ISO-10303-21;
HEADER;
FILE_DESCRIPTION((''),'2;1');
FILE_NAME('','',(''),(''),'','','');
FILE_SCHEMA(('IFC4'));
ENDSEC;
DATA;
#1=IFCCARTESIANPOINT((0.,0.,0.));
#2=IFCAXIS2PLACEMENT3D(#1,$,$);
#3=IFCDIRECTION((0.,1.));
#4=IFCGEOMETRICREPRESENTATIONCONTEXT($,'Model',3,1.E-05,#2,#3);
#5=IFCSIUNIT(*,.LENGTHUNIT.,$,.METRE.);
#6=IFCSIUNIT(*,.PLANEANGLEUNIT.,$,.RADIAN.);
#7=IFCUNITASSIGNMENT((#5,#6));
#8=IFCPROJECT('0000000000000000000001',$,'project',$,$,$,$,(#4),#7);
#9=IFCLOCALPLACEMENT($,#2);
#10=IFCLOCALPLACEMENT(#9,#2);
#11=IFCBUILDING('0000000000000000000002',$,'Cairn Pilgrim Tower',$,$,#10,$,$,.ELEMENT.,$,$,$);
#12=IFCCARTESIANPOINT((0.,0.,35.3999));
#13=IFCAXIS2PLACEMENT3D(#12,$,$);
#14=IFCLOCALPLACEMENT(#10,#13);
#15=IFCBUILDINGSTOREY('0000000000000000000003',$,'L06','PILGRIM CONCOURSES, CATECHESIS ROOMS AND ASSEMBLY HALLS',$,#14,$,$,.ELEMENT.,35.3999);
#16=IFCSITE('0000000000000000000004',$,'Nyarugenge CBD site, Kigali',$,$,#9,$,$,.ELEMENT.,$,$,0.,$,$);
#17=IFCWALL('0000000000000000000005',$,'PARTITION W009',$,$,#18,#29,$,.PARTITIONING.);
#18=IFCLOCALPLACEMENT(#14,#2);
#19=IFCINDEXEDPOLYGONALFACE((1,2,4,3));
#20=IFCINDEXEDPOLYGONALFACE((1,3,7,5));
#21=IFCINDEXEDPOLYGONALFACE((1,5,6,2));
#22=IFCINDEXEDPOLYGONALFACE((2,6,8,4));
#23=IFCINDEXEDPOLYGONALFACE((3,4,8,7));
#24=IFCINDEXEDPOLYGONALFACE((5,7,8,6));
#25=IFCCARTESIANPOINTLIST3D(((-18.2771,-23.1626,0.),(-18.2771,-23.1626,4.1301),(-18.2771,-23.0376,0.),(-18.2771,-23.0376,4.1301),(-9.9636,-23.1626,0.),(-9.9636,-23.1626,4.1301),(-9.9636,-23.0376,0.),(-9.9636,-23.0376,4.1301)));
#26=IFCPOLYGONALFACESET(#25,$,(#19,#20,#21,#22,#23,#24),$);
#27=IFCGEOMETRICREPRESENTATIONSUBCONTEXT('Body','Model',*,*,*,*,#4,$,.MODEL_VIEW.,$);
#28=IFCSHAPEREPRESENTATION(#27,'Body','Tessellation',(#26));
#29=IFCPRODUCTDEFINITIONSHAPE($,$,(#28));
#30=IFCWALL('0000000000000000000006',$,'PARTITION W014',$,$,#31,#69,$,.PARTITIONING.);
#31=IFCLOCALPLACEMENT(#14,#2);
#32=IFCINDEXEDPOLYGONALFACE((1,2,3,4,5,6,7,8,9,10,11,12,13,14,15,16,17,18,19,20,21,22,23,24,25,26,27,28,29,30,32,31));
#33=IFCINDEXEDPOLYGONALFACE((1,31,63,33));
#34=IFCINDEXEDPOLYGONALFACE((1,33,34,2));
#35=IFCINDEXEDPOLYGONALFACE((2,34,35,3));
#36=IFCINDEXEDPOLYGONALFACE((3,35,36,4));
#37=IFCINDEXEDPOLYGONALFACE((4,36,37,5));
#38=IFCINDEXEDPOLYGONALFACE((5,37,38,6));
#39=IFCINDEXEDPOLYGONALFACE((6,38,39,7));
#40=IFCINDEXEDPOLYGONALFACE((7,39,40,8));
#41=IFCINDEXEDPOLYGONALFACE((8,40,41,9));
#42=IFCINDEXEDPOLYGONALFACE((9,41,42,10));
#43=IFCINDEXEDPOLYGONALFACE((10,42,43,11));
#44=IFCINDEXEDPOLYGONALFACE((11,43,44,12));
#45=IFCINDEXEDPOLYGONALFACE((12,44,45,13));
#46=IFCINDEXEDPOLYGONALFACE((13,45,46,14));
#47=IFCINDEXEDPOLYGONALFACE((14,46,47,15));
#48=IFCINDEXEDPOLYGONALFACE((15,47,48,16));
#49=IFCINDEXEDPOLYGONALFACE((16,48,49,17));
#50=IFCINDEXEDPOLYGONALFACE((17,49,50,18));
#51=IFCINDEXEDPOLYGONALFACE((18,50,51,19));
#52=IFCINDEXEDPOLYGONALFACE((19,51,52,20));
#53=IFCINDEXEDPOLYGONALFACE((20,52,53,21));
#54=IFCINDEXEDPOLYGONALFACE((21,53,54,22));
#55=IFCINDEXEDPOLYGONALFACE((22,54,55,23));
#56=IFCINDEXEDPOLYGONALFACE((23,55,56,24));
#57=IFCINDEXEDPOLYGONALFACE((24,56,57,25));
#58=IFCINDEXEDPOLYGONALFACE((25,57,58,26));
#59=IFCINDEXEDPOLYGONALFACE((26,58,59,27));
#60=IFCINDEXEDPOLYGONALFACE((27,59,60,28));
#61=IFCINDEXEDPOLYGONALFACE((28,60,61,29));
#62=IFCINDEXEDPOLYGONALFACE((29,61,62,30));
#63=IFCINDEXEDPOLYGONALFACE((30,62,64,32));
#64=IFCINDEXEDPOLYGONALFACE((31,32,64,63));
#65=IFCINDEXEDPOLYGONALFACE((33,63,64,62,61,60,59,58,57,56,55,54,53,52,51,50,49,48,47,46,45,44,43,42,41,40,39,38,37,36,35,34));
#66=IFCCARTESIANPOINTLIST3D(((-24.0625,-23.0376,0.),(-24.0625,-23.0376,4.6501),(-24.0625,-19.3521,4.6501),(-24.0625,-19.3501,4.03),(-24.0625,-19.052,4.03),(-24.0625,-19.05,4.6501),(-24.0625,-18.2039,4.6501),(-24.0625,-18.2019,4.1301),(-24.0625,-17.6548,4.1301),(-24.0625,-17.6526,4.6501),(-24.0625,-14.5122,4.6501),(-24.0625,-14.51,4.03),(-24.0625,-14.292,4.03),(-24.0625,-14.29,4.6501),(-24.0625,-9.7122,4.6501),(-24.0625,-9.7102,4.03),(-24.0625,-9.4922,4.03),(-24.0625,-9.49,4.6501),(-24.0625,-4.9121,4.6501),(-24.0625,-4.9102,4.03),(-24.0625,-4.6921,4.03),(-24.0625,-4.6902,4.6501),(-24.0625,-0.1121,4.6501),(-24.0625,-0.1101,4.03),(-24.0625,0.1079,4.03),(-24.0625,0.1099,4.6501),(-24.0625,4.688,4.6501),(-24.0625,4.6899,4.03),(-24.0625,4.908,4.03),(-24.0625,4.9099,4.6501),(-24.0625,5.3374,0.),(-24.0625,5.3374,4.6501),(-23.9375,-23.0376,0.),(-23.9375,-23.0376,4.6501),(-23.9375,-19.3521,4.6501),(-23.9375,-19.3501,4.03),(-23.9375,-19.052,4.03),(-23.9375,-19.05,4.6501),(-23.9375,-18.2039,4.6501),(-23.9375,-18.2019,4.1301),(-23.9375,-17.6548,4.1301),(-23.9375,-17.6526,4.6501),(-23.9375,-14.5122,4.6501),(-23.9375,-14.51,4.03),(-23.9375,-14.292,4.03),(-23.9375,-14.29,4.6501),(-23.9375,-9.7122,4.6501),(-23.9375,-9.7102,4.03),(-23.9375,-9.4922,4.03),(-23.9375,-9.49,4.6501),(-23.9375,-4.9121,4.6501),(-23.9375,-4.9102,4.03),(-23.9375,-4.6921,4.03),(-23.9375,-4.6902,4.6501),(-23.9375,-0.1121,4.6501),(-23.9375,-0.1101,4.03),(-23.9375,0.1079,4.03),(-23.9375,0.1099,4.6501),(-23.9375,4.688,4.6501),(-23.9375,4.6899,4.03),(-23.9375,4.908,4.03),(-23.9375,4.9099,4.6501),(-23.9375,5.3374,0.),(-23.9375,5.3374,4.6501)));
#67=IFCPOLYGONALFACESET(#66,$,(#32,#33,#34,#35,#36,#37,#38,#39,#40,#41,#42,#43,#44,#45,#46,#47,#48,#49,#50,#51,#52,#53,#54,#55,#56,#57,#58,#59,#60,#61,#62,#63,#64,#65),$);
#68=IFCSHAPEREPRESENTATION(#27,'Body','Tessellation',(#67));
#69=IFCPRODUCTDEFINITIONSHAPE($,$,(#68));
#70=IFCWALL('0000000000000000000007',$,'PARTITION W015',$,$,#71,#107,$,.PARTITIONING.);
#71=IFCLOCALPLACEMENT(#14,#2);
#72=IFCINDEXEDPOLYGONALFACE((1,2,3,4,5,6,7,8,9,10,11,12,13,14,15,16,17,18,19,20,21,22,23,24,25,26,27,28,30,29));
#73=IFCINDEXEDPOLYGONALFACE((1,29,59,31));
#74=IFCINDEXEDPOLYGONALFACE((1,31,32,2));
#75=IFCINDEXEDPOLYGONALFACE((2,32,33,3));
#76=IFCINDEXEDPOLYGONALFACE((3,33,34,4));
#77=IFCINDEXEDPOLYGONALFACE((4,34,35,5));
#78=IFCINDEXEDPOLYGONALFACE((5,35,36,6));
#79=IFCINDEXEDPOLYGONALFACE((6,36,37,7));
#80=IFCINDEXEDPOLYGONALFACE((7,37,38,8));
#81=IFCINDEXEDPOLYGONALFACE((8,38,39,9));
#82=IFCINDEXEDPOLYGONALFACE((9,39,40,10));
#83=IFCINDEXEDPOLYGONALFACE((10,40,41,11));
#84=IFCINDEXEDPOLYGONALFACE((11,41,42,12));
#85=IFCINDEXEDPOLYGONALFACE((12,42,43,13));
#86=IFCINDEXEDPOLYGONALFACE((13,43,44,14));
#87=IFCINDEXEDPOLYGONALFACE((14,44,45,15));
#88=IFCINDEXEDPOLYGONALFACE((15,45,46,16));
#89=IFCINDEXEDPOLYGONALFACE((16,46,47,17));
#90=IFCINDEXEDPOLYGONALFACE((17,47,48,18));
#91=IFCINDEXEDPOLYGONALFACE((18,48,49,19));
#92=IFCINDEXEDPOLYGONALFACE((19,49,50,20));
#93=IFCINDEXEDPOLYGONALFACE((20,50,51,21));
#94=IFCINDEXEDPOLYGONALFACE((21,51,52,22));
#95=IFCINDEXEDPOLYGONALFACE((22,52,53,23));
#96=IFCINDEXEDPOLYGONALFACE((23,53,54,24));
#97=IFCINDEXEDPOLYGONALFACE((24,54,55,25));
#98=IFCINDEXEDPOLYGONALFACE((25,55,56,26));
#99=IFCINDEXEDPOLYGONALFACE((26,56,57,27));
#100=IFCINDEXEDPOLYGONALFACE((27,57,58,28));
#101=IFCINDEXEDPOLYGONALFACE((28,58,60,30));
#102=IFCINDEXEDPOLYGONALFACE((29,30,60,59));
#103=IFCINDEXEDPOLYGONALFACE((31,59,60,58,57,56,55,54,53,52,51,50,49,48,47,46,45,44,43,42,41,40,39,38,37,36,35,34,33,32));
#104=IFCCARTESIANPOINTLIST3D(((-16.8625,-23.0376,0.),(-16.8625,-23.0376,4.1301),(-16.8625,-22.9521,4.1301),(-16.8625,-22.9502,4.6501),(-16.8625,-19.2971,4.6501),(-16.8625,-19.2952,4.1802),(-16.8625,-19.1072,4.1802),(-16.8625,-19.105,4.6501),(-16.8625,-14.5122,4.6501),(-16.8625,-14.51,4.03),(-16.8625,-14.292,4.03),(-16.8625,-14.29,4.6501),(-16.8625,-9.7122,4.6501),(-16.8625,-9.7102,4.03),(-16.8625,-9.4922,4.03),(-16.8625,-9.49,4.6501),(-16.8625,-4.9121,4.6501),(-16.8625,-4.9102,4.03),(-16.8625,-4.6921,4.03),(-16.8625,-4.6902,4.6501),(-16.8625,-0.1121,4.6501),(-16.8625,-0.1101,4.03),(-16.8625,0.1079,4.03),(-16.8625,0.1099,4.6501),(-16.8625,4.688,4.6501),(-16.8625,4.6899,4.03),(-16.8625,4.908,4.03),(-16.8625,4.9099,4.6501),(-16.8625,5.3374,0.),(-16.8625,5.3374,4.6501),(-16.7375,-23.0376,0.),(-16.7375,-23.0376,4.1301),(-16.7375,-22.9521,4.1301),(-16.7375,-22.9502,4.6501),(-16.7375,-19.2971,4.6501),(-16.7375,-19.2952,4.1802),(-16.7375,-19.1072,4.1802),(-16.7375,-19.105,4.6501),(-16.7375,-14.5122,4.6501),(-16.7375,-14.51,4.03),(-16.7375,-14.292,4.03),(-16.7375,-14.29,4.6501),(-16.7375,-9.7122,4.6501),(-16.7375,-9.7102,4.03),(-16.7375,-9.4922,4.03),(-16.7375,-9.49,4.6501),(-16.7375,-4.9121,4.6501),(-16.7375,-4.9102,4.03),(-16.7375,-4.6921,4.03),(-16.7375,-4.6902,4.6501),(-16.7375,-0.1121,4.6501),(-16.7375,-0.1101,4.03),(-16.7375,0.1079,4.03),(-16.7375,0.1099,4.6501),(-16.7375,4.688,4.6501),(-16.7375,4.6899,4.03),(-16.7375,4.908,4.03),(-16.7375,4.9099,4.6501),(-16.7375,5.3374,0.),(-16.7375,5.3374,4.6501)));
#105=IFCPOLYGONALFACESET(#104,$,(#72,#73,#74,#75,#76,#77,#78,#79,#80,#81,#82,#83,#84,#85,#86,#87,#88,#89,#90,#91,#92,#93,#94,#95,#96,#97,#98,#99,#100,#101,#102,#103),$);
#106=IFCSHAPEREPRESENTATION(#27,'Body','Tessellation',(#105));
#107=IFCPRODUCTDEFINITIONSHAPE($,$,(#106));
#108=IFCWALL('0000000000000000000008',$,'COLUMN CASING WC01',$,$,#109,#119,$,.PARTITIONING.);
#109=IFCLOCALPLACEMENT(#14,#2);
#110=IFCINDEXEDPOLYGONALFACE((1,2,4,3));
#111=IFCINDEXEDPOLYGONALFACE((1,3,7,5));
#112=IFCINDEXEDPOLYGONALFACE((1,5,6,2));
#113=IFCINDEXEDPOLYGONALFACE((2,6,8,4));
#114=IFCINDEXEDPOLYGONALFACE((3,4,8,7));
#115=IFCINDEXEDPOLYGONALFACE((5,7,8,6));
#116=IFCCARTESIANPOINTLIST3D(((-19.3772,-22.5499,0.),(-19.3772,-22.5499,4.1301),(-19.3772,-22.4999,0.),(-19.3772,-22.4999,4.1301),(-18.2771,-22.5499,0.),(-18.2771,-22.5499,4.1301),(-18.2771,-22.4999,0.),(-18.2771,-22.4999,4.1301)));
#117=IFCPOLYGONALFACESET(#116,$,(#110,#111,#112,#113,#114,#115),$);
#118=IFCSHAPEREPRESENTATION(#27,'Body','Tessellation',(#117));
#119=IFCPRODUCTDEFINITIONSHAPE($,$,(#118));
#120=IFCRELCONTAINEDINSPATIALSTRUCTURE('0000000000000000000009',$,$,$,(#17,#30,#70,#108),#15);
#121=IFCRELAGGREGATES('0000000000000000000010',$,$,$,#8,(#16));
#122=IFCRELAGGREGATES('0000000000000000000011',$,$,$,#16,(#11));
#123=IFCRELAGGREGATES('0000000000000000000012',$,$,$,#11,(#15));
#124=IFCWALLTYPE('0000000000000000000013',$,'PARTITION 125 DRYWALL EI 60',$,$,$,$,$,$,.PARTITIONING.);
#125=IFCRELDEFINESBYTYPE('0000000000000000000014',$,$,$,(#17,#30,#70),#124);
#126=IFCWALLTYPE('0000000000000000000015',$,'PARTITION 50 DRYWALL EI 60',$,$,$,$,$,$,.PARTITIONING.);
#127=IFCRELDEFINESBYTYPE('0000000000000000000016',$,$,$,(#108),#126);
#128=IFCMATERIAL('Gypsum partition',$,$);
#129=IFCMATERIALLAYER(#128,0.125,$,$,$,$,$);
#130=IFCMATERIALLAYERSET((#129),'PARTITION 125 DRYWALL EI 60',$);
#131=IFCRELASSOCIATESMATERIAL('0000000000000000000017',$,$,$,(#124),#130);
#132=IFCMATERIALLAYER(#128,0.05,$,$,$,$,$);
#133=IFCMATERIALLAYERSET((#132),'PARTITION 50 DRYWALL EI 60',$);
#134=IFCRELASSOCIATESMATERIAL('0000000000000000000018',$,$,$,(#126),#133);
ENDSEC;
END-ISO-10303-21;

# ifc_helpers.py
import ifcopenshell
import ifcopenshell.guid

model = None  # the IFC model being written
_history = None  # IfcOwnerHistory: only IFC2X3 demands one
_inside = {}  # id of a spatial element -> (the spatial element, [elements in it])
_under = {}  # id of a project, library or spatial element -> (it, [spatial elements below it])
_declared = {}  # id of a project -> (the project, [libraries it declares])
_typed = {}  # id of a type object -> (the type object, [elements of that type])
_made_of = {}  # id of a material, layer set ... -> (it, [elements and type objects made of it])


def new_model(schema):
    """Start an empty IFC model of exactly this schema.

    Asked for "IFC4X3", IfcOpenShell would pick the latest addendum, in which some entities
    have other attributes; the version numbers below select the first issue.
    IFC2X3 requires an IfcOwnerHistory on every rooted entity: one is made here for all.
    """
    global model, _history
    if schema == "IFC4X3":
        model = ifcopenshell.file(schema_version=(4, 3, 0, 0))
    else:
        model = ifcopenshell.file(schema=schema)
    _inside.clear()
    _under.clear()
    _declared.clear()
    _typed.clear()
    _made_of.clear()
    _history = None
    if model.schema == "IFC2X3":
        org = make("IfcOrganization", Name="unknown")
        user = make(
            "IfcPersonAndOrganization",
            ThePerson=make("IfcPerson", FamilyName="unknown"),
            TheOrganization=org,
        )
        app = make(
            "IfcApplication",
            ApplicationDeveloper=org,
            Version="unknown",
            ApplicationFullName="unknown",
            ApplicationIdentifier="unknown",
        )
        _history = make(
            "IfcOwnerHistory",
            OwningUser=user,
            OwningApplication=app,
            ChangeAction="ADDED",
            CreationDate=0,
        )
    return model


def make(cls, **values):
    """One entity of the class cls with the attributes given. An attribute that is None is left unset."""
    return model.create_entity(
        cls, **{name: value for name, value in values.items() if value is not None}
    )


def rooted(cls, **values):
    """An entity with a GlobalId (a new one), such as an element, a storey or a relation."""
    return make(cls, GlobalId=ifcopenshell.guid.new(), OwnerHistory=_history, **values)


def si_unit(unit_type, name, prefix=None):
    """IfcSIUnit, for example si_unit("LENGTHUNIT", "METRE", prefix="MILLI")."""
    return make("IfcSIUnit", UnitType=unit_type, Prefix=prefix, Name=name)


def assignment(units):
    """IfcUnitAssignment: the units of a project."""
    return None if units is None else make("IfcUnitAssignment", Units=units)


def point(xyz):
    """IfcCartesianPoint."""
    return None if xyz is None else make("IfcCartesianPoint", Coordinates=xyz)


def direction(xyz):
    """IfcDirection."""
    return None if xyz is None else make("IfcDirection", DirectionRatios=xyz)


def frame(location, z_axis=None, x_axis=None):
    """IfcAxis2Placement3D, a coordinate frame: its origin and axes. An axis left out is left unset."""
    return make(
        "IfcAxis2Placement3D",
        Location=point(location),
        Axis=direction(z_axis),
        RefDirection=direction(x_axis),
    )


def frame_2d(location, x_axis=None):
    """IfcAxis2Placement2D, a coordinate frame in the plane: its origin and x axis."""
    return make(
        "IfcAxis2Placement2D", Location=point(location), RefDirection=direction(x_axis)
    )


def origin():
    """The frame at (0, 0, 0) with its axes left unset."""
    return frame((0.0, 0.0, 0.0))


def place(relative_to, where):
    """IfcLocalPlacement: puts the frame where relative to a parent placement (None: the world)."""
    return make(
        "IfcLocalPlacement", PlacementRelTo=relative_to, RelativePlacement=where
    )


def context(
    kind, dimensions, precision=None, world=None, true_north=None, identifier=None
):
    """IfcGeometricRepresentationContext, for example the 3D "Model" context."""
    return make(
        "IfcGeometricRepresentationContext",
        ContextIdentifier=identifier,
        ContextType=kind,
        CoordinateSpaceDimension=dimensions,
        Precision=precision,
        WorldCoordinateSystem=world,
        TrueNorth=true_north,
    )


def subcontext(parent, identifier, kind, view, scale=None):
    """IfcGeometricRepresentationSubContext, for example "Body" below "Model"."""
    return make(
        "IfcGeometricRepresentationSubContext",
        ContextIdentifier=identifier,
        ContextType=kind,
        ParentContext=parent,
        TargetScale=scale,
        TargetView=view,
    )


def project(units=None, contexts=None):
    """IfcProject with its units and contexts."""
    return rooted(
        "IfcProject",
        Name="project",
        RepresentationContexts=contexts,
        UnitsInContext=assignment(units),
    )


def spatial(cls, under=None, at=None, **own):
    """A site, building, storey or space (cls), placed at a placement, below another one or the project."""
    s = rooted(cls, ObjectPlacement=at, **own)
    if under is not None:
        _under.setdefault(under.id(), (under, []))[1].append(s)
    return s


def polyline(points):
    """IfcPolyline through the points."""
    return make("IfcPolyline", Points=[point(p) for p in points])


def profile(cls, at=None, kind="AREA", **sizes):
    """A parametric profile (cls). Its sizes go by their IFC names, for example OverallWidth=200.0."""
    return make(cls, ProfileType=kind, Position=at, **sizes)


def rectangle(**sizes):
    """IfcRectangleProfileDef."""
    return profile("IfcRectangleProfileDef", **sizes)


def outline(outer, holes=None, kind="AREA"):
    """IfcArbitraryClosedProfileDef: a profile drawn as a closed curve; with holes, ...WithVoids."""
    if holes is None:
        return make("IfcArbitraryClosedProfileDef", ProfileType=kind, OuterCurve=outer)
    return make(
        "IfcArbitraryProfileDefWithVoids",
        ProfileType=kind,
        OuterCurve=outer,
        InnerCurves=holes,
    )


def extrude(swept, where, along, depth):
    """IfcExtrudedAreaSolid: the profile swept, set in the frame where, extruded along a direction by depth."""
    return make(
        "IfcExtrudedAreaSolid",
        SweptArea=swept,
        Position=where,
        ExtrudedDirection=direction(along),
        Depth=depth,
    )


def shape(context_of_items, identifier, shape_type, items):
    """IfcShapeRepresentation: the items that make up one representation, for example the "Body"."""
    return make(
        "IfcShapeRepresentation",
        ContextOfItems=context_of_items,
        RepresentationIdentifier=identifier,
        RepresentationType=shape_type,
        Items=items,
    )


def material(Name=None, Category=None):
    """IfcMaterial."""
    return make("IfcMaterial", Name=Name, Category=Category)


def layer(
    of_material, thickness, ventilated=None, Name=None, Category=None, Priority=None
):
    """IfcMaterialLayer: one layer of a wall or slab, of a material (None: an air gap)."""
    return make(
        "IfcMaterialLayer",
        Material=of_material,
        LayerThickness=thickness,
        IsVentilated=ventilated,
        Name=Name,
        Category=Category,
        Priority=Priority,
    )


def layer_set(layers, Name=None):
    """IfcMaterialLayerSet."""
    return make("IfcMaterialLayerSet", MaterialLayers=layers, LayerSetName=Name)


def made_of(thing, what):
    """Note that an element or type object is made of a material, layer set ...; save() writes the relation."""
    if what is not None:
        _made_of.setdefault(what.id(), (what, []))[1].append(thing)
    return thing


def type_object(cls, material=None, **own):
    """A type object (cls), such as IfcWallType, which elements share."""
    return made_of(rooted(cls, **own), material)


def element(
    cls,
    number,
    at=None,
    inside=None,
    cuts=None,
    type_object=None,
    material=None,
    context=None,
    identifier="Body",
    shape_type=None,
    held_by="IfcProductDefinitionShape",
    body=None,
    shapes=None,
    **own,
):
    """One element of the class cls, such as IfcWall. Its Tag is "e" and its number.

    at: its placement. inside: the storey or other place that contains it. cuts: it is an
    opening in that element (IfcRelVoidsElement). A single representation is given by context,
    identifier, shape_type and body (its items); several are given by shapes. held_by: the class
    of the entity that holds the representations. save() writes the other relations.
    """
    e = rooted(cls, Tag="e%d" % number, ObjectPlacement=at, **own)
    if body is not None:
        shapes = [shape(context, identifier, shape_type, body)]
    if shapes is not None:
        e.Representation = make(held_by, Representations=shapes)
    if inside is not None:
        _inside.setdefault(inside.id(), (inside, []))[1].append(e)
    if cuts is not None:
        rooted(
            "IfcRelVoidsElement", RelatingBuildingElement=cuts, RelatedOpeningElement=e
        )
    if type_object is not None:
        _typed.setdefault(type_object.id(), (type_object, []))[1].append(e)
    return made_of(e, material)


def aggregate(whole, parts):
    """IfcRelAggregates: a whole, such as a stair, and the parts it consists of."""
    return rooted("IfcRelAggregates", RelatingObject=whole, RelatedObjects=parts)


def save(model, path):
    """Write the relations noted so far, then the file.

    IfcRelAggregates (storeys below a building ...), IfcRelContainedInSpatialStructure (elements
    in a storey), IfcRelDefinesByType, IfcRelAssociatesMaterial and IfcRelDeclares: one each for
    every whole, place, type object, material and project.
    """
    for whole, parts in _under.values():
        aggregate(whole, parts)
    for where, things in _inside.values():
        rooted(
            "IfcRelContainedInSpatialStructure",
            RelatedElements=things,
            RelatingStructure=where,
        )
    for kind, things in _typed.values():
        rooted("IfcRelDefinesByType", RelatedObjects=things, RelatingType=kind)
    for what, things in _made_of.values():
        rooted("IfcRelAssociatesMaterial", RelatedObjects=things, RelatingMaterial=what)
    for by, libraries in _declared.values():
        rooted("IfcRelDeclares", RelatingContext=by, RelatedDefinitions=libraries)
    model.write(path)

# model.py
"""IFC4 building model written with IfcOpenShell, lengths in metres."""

from ifc_helpers import new_model, si_unit, direction, frame, frame_2d, origin, place, context, subcontext, project, spatial, polyline, rectangle, outline, extrude, material, layer, layer_set, type_object, element, save


model = new_model("IFC4")

# Units and contexts
model_context = context("Model", 3, precision=1e-05, world=origin(), true_north=direction((0.0, 1.0)))
body_context = subcontext(model_context, "Body", "Model", "MODEL_VIEW")
ifc_project = project(units=[si_unit("LENGTHUNIT", "METRE"), si_unit("PLANEANGLEUNIT", "RADIAN")], contexts=[model_context])

# Site, building, storey
site_placement = place(None, origin())
site = spatial("IfcSite", under=ifc_project, at=site_placement, Name="Nyarugenge CBD site, Kigali", CompositionType="ELEMENT", RefElevation=0.0)
building_placement = place(site_placement, origin())
building = spatial("IfcBuilding", under=site, at=building_placement, Name="Cairn Pilgrim Tower", CompositionType="ELEMENT")
storey_placement = place(building_placement, frame((0.0, 0.0, 35.3999)))
storey = spatial("IfcBuildingStorey", under=building, at=storey_placement, Name="L06", Description="PILGRIM CONCOURSES, CATECHESIS ROOMS AND ASSEMBLY HALLS", CompositionType="ELEMENT", Elevation=35.3999)

# Walls
ifc_material_1 = material(Name="Gypsum partition")
ifc_layer_1 = layer(ifc_material_1, 0.125)
ifc_layer_set_1 = layer_set([ifc_layer_1], Name="PARTITION 125 DRYWALL EI 60")
wall_type_1 = type_object("IfcWallType", Name="PARTITION 125 DRYWALL EI 60", PredefinedType="PARTITIONING", material=ifc_layer_set_1)
wall_1_placement = place(storey_placement, frame((-18.2771, -23.1001, 0.0), z_axis=(0.0, 0.0, 1.0), x_axis=(1.0, 0.0, 0.0)))
element("IfcWall", 1, at=wall_1_placement, inside=storey, type_object=wall_type_1, Name="PARTITION W009", PredefinedType="PARTITIONING", context=body_context, shape_type="SweptSolid", body=[
    extrude(rectangle(XDim=8.3135, YDim=0.125, at=frame_2d((4.1567, 0.0))), origin(), (0.0, 0.0, 1.0), 4.1301),
])
wall_2_placement = place(storey_placement, frame((-24.0, -23.0376, 0.0), z_axis=(0.0, 0.0, 1.0), x_axis=(0.0, 1.0, 0.0)))
element("IfcWall", 2, at=wall_2_placement, inside=storey, type_object=wall_type_1, Name="PARTITION W014", PredefinedType="PARTITIONING", context=body_context, shape_type="SweptSolid", body=[
    extrude(outline(polyline([(0.0, 0.0), (28.375, 0.0), (28.375, 4.6501), (27.9475, 4.6501), (27.9456, 4.03), (27.7275, 4.03), (27.7256, 4.6501), (23.1475, 4.6501), (23.1455, 4.03), (22.9275, 4.03), (22.9255, 4.6501), (18.3474, 4.6501), (18.3455, 4.03), (18.1274, 4.03), (18.1255, 4.6501), (13.5476, 4.6501), (13.5454, 4.03), (13.3274, 4.03), (13.3254, 4.6501), (8.7476, 4.6501), (8.7456, 4.03), (8.5276, 4.03), (8.5254, 4.6501), (5.385, 4.6501), (5.3828, 4.1301), (4.8357, 4.1301), (4.8337, 4.6501), (3.9875, 4.6501), (3.9856, 4.03), (3.6875, 4.03), (3.6855, 4.6501), (0.0, 4.6501), (0.0, 0.0)])), frame((0.0, 0.0625, 0.0), z_axis=(0.0, -1.0, 0.0), x_axis=(1.0, 0.0, 0.0)), (0.0, 0.0, 1.0), 0.125),
])
wall_3_placement = place(storey_placement, frame((-16.8, -23.0376, 0.0), z_axis=(0.0, 0.0, 1.0), x_axis=(0.0, 1.0, 0.0)))
element("IfcWall", 3, at=wall_3_placement, inside=storey, type_object=wall_type_1, Name="PARTITION W015", PredefinedType="PARTITIONING", context=body_context, shape_type="SweptSolid", body=[
    extrude(outline(polyline([(0.0, 0.0), (28.375, 0.0), (28.375, 4.6501), (27.9475, 4.6501), (27.9456, 4.03), (27.7275, 4.03), (27.7256, 4.6501), (23.1475, 4.6501), (23.1455, 4.03), (22.9275, 4.03), (22.9255, 4.6501), (18.3474, 4.6501), (18.3455, 4.03), (18.1274, 4.03), (18.1255, 4.6501), (13.5476, 4.6501), (13.5454, 4.03), (13.3274, 4.03), (13.3254, 4.6501), (8.7476, 4.6501), (8.7456, 4.03), (8.5276, 4.03), (8.5254, 4.6501), (3.9326, 4.6501), (3.9304, 4.1802), (3.7424, 4.1802), (3.7405, 4.6501), (0.0874, 4.6501), (0.0854, 4.1301), (0.0, 4.1301), (0.0, 0.0)])), frame((0.0, 0.0625, 0.0), z_axis=(0.0, -1.0, 0.0), x_axis=(1.0, 0.0, 0.0)), (0.0, 0.0, 1.0), 0.125),
])
ifc_layer_2 = layer(ifc_material_1, 0.05)
ifc_layer_set_2 = layer_set([ifc_layer_2], Name="PARTITION 50 DRYWALL EI 60")
wall_type_2 = type_object("IfcWallType", Name="PARTITION 50 DRYWALL EI 60", PredefinedType="PARTITIONING", material=ifc_layer_set_2)
wall_4_placement = place(storey_placement, frame((-19.3772, -22.5249, 0.0), z_axis=(0.0, 0.0, 1.0), x_axis=(1.0, 0.0, 0.0)))
element("IfcWall", 4, at=wall_4_placement, inside=storey, type_object=wall_type_2, Name="COLUMN CASING WC01", PredefinedType="PARTITIONING", context=body_context, shape_type="SweptSolid", body=[
    extrude(rectangle(XDim=1.1001, YDim=0.05, at=frame_2d((0.55, 0.0))), origin(), (0.0, 0.0, 1.0), 4.1301),
])

save(model, "model.ifc")
